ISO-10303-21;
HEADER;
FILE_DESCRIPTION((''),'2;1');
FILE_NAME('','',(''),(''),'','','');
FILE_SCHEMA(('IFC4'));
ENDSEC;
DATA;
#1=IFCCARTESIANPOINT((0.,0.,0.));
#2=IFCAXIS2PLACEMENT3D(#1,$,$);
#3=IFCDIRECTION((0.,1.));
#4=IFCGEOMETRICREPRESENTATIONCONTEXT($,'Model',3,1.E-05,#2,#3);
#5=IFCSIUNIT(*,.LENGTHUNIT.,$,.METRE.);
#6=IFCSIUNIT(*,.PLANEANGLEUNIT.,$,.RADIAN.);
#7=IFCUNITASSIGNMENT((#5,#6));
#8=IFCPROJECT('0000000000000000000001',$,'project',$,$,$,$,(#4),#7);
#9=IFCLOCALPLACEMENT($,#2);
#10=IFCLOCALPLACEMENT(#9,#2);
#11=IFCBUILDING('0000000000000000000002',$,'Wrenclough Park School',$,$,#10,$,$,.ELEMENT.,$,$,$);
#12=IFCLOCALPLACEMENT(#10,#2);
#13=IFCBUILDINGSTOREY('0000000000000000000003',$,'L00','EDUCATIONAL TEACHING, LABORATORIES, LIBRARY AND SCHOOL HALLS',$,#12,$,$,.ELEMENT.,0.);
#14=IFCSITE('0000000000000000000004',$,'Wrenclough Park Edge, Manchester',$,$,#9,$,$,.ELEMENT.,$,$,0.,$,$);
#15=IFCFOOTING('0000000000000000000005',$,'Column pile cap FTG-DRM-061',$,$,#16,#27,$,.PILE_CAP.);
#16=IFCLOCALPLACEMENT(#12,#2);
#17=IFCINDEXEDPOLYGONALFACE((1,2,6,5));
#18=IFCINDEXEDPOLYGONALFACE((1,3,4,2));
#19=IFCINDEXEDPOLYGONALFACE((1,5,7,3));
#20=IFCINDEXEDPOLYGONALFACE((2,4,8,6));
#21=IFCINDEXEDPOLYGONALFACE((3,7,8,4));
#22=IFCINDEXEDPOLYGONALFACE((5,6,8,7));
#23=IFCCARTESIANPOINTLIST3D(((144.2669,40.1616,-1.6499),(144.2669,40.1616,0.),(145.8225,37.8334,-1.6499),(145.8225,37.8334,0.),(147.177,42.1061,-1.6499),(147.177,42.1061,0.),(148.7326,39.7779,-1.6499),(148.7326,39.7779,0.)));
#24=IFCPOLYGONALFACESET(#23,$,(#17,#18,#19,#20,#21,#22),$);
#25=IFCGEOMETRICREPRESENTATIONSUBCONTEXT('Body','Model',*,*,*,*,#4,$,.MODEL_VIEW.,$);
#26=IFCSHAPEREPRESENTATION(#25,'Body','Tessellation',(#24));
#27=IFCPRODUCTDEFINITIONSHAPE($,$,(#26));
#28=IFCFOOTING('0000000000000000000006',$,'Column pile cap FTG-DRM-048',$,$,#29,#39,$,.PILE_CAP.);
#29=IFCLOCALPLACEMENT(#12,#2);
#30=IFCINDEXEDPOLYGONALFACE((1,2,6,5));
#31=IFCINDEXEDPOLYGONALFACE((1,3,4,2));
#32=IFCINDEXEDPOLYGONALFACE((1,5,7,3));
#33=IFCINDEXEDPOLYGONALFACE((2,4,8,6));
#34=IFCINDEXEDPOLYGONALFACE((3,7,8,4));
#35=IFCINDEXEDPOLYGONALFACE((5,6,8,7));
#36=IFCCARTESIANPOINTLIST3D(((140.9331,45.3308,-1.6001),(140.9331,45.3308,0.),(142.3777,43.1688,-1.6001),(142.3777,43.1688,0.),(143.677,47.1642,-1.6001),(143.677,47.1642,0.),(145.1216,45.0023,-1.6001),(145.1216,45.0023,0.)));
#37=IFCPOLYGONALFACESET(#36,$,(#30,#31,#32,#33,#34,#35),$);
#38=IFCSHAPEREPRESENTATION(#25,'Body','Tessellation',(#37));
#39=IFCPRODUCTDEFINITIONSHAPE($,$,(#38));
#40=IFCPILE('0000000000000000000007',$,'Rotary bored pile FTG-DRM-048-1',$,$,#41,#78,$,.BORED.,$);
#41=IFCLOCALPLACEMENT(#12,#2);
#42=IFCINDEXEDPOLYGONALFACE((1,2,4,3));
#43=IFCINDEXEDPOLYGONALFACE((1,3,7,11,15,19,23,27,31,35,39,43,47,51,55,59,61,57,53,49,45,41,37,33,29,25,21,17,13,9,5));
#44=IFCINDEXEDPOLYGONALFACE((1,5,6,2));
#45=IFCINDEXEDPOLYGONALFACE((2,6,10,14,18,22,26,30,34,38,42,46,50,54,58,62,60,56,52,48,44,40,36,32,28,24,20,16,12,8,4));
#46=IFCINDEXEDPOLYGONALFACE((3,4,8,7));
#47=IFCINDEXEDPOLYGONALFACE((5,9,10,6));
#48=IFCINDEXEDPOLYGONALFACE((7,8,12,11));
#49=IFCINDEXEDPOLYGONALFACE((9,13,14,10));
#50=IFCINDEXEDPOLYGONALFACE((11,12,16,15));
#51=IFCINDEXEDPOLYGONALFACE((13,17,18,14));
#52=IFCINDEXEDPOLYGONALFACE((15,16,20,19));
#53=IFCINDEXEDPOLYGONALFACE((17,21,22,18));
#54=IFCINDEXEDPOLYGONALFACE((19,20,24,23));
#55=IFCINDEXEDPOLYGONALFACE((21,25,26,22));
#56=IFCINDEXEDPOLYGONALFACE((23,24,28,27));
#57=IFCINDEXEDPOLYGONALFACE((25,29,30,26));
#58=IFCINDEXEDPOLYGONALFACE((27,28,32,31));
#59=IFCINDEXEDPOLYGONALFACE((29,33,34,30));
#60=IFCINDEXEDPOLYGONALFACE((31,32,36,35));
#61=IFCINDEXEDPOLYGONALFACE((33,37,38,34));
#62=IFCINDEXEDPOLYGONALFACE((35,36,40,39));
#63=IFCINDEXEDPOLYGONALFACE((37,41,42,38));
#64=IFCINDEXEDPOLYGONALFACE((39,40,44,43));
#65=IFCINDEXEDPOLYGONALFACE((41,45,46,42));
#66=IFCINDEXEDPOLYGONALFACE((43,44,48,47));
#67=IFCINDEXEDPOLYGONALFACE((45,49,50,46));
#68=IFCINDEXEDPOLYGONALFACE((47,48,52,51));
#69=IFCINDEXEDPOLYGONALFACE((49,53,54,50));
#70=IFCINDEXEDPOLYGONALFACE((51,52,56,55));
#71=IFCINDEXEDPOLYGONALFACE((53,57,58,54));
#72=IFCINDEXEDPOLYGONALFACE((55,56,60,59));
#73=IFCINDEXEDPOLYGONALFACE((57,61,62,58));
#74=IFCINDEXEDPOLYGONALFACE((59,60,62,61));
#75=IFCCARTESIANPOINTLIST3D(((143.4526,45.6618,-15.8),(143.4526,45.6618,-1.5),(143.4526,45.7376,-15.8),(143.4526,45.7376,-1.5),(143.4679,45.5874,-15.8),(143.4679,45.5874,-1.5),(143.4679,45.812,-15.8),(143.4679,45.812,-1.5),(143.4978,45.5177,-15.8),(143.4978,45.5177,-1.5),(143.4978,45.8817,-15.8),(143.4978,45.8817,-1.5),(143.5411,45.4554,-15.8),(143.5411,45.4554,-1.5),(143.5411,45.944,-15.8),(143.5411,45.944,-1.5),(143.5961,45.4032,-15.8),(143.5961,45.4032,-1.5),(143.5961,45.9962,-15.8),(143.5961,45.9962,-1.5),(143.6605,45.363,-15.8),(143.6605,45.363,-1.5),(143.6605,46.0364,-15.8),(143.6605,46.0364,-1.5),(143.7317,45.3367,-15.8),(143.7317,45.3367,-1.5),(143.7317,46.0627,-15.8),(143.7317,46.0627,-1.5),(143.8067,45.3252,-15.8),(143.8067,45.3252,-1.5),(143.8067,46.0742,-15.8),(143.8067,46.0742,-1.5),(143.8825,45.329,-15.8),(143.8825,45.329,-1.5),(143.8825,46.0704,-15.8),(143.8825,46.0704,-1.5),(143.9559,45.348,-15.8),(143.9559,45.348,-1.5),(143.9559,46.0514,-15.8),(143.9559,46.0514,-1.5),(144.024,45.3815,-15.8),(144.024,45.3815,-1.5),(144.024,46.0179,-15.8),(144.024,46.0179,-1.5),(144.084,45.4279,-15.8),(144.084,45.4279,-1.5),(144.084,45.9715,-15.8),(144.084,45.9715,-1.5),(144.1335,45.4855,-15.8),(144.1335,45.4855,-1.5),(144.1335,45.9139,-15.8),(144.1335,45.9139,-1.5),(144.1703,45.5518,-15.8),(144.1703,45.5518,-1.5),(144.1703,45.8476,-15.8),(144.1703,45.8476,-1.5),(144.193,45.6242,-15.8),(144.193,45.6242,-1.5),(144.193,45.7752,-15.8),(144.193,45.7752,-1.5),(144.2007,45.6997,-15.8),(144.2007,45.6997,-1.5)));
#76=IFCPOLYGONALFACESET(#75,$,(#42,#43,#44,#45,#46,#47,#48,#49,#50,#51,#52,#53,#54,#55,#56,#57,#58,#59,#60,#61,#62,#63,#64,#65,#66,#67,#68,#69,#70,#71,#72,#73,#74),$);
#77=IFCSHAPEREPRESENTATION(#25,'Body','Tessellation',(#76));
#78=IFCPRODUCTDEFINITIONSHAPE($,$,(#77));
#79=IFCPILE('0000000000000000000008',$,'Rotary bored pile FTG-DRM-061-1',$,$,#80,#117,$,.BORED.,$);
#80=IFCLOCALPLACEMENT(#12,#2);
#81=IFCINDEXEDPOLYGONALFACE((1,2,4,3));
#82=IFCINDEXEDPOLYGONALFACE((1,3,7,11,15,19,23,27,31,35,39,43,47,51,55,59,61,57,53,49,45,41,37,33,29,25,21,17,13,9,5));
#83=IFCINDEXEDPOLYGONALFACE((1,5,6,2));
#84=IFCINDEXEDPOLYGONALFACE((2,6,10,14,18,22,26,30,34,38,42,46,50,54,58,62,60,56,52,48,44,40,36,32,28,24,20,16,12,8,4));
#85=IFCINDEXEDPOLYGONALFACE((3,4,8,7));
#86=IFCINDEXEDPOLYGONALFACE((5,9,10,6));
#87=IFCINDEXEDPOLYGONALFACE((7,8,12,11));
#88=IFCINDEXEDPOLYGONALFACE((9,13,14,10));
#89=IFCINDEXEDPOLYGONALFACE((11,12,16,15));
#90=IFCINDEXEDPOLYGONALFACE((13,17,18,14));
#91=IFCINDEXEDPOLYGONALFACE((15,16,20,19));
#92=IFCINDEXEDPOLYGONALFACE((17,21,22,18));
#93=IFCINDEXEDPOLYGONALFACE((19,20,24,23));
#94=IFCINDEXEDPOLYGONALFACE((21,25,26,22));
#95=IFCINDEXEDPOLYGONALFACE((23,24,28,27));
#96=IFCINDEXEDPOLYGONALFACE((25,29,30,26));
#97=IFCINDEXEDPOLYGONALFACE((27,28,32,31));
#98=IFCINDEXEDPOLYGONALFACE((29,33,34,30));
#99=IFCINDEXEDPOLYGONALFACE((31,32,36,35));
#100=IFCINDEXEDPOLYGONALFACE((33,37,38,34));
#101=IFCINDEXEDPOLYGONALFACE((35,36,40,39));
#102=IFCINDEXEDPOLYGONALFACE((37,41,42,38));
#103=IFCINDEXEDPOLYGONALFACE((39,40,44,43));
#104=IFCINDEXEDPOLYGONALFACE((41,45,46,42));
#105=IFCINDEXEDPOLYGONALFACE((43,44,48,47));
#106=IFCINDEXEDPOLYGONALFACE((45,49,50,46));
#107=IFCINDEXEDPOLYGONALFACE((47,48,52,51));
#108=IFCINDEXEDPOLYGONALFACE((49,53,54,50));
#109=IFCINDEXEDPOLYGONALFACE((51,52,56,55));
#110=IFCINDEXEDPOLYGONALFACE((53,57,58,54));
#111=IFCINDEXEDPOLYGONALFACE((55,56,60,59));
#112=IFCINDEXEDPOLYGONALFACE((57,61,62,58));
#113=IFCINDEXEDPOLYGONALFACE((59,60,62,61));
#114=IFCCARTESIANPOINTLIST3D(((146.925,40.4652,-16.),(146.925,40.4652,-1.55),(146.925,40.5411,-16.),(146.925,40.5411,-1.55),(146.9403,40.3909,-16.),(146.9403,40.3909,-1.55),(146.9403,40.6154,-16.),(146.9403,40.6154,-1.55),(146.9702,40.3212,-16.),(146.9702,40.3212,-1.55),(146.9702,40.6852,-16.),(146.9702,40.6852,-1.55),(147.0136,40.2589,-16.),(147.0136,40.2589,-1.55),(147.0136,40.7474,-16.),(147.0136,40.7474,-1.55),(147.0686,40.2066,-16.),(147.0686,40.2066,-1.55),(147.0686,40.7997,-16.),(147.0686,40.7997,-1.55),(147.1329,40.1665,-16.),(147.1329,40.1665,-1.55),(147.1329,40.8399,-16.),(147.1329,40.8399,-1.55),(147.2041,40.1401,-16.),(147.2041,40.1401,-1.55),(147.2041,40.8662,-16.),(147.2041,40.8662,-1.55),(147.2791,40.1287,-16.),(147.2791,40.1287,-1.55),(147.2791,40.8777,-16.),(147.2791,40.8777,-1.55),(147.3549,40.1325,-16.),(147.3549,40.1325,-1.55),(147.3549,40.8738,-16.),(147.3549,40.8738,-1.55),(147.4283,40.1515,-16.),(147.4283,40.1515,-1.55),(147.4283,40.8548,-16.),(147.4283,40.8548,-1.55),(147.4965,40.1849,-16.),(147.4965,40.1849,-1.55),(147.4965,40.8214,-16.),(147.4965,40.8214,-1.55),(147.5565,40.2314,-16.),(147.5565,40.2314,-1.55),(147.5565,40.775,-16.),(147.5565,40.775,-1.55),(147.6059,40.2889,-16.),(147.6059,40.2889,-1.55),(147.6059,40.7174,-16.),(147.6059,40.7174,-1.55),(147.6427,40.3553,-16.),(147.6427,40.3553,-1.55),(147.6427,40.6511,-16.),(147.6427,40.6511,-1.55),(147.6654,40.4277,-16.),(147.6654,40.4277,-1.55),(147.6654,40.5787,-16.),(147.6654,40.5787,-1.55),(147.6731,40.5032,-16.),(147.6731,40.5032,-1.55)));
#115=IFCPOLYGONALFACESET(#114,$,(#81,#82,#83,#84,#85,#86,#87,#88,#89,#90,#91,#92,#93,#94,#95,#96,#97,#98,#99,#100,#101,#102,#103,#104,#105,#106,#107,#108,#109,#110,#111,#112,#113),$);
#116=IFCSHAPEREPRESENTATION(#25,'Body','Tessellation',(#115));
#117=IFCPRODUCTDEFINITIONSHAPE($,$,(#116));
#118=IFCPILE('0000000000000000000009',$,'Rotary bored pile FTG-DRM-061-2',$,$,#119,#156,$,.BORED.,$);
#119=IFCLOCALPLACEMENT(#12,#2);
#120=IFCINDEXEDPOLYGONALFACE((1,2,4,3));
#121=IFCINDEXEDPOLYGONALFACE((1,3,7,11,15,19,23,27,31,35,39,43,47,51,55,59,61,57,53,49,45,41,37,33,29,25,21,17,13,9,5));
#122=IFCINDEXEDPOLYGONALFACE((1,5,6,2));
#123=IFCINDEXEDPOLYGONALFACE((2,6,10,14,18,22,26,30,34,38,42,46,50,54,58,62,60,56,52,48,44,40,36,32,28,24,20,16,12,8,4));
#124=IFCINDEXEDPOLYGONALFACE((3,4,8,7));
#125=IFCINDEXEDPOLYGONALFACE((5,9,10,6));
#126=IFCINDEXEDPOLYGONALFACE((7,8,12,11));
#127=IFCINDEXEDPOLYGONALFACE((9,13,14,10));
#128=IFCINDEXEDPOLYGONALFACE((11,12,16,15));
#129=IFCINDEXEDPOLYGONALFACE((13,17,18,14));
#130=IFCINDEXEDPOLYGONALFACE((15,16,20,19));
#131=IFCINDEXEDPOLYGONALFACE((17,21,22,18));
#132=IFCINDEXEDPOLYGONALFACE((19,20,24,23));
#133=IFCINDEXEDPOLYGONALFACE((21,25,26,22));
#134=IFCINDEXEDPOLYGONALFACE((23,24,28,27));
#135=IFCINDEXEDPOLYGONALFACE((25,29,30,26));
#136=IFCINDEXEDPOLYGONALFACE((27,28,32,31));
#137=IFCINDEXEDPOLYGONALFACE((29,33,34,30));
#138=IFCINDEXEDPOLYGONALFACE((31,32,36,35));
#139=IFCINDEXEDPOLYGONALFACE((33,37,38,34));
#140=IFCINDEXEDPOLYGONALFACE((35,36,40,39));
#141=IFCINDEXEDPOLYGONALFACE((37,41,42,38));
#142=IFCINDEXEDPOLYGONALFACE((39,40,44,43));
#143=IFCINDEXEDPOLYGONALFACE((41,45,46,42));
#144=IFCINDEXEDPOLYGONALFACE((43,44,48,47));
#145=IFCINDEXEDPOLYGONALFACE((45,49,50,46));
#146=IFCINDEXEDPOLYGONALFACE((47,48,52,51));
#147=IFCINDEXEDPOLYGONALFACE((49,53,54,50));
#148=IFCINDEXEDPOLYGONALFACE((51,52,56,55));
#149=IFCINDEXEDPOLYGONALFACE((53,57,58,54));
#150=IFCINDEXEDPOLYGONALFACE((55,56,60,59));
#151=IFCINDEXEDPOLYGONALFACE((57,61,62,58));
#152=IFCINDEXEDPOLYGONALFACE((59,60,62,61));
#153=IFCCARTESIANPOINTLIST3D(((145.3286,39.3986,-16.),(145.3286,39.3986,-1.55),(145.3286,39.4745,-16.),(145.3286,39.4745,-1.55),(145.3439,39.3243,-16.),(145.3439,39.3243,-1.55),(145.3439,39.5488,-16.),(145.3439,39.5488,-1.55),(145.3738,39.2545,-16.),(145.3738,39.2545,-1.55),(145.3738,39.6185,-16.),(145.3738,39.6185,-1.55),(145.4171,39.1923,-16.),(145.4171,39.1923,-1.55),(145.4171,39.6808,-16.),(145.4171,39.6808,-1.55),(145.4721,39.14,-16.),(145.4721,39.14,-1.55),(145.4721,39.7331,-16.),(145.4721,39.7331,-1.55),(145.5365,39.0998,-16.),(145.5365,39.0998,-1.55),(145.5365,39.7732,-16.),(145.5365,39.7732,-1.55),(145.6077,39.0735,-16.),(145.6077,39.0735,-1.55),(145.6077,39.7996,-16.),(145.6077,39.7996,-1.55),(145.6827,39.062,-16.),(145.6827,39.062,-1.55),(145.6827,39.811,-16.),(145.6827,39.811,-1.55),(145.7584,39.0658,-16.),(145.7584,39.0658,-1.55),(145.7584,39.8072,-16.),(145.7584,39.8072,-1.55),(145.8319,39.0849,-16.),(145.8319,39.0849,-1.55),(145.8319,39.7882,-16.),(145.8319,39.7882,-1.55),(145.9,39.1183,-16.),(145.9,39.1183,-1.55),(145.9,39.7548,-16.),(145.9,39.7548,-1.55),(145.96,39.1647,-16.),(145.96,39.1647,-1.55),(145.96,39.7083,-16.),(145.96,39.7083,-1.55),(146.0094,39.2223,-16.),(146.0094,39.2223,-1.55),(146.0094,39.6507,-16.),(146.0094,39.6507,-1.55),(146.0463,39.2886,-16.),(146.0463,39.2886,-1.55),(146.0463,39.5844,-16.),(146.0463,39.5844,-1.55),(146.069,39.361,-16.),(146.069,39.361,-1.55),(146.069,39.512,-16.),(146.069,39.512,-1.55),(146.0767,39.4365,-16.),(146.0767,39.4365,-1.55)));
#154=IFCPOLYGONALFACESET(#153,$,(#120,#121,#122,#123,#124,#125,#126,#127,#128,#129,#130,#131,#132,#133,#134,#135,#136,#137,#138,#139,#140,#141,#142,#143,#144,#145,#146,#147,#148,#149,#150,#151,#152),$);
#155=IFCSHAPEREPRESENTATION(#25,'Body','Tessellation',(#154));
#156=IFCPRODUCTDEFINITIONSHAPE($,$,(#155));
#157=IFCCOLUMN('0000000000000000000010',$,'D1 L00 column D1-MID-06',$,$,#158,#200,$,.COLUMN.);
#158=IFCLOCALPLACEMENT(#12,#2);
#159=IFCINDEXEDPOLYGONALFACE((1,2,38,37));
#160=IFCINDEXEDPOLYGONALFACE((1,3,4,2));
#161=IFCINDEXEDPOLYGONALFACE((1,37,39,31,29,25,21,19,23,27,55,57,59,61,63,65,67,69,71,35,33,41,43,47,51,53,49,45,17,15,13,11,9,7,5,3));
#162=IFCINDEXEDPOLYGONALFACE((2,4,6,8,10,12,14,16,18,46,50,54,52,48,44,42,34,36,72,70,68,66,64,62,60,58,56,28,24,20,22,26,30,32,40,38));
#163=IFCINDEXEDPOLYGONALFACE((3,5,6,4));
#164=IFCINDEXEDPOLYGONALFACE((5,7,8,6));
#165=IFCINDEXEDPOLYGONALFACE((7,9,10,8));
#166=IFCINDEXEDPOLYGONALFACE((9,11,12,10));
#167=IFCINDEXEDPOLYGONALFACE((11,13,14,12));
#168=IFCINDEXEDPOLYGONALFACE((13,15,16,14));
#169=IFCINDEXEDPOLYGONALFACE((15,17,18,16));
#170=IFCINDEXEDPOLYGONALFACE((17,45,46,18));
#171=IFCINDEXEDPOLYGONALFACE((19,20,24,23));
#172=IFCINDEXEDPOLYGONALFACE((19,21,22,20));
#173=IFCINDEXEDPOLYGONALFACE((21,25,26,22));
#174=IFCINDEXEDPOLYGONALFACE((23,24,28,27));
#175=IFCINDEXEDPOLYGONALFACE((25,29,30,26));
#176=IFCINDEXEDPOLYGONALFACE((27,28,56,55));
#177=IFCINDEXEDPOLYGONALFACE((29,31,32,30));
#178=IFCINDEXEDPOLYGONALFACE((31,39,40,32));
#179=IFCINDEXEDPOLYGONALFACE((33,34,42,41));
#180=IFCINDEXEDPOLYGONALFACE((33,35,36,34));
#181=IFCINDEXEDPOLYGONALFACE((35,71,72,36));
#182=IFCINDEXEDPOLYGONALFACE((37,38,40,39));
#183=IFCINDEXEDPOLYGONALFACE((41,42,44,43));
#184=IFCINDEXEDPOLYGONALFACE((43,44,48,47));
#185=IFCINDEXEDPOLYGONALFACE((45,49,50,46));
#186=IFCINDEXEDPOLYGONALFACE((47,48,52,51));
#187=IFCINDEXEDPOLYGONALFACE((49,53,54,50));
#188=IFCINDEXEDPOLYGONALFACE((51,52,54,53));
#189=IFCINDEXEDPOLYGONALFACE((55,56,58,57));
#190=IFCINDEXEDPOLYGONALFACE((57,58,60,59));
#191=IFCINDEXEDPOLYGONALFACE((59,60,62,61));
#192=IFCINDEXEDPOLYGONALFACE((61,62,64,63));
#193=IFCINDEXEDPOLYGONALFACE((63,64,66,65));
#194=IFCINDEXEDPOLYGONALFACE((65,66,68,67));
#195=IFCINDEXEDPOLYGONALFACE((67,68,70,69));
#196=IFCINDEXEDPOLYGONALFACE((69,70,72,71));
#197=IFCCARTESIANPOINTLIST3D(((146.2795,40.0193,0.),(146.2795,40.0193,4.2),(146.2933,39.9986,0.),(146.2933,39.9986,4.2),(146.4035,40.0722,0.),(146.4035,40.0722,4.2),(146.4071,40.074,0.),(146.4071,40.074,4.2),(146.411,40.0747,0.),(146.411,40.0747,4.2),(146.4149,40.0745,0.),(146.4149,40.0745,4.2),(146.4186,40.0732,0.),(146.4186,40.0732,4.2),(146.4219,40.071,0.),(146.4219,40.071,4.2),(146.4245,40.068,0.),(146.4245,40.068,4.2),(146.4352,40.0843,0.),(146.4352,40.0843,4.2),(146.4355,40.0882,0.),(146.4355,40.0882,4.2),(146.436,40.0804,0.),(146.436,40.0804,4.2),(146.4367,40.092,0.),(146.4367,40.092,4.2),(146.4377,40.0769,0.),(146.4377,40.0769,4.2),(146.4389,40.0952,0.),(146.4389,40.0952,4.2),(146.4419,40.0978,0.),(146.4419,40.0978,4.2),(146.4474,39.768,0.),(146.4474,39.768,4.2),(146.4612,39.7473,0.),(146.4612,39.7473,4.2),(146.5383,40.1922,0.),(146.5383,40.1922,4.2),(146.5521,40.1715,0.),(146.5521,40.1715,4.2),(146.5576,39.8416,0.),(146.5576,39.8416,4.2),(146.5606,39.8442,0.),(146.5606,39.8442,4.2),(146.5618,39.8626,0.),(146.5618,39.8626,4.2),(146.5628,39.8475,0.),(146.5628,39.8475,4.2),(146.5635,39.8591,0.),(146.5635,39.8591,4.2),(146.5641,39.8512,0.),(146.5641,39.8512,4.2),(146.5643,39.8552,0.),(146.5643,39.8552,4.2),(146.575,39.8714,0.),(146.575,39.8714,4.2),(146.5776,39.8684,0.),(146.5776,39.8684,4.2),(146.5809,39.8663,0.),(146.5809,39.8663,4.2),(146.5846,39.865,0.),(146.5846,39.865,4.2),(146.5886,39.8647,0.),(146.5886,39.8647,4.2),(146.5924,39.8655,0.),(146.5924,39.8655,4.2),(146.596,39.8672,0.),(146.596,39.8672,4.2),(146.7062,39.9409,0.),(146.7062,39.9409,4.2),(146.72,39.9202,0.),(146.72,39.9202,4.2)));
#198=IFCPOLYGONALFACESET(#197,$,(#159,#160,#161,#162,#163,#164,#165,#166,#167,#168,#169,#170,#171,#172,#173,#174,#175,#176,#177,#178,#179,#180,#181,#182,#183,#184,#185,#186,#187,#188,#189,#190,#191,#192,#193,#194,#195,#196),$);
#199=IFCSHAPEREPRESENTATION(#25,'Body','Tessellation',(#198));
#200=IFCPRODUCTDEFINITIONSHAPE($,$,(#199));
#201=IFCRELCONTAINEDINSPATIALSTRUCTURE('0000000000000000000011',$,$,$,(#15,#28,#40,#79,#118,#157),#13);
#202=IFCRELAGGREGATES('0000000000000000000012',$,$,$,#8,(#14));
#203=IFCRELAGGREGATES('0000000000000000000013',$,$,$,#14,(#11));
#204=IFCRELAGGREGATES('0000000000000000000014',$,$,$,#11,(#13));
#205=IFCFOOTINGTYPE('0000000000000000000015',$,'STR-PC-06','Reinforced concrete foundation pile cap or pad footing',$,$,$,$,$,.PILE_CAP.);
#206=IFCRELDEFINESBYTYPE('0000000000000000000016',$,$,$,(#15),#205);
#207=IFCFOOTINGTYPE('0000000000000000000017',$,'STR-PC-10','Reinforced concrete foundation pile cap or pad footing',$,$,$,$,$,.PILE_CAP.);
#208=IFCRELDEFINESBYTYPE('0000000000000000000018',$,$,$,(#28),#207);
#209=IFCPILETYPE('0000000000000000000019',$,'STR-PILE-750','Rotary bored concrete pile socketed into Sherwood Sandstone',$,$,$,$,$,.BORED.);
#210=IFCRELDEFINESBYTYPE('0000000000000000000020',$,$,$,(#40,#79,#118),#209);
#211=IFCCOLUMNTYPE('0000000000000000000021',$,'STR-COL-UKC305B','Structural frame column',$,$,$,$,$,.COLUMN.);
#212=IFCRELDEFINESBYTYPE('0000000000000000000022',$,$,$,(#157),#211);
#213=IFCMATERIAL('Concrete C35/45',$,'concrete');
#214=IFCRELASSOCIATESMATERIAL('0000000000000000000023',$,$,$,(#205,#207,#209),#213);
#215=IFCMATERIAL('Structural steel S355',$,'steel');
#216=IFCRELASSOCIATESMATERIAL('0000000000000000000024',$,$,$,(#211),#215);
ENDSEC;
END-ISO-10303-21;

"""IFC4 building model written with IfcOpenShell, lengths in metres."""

from ifc_helpers import new_model, si_unit, direction, frame, origin, origin_2d, place, context, subcontext, project, spatial, rectangle, circle, i_section, extrude, material, material_profile, profile_set, type_object, element, save


model = new_model("IFC4")

# Units and contexts
model_context = context("Model", 3, precision=1e-05, world=origin(), true_north=direction((0.0, 1.0)))
body_context = subcontext(model_context, "Body", "Model", "MODEL_VIEW")
ifc_project = project(units=[si_unit("LENGTHUNIT", "METRE"), si_unit("PLANEANGLEUNIT", "RADIAN")], contexts=[model_context])

# Site, building, storey
site_placement = place(None, origin())
site = spatial("IfcSite", under=ifc_project, at=site_placement, Name="Wrenclough Park Edge, Manchester", CompositionType="ELEMENT", RefElevation=0.0)
building_placement = place(site_placement, origin())
building = spatial("IfcBuilding", under=site, at=building_placement, Name="Wrenclough Park School", CompositionType="ELEMENT")
storey_placement = place(building_placement, origin())
storey = spatial("IfcBuildingStorey", under=building, at=storey_placement, Name="L00", Description="EDUCATIONAL TEACHING, LABORATORIES, LIBRARY AND SCHOOL HALLS", CompositionType="ELEMENT", Elevation=0.0)

# Footings
ifc_material_1 = material(Name="Concrete C35/45", Category="concrete")
footing_type_1 = type_object("IfcFootingType", Name="STR-PC-06", Description="Reinforced concrete foundation pile cap or pad footing", PredefinedType="PILE_CAP", material=ifc_material_1)
footing_1_placement = place(storey_placement, frame((146.4998, 39.9697, -1.6499), z_axis=(0.0, 0.0, 1.0), x_axis=(-0.83147, -0.55557, 0.0)))
element("IfcFooting", 1, at=footing_1_placement, inside=storey, type_object=footing_type_1, Name="Column pile cap FTG-DRM-061", PredefinedType="PILE_CAP", context=body_context, shape_type="SweptSolid", body=[
    extrude(rectangle(XDim=3.5, YDim=2.8, at=origin_2d()), origin(), (0.0, 0.0, 1.0), 1.6499),
])
footing_type_2 = type_object("IfcFootingType", Name="STR-PC-10", Description="Reinforced concrete foundation pile cap or pad footing", PredefinedType="PILE_CAP", material=ifc_material_1)
footing_2_placement = place(storey_placement, frame((143.0273, 45.1665, -1.6001), z_axis=(0.0, 0.0, 1.0), x_axis=(-0.83147, -0.55557, 0.0)))
element("IfcFooting", 2, at=footing_2_placement, inside=storey, type_object=footing_type_2, Name="Column pile cap FTG-DRM-048", PredefinedType="PILE_CAP", context=body_context, shape_type="SweptSolid", body=[
    extrude(rectangle(XDim=3.3, YDim=2.6001, at=origin_2d()), origin(), (0.0, 0.0, 1.0), 1.6001),
])

# Piles
ifc_material_profile_1 = material_profile(ifc_material_1, circle(Radius=0.375, at=origin_2d()), Name="BORED PILE D750")
ifc_profile_set_1 = profile_set([ifc_material_profile_1], Name="Concrete C35/45")
pile_type = type_object("IfcPileType", Name="STR-PILE-750", Description="Rotary bored concrete pile socketed into Sherwood Sandstone", PredefinedType="BORED", material=ifc_profile_set_1)
pile_placement = place(storey_placement, frame((143.8257, 45.6997, -1.5), z_axis=(0.0, 0.0, -1.0), x_axis=(1.0, 0.0, 0.0)))
element("IfcPile", 3, at=pile_placement, inside=storey, type_object=pile_type, Name="Rotary bored pile FTG-DRM-048-1", PredefinedType="BORED", context=body_context, shape_type="SweptSolid", body=[
    extrude(circle(Radius=0.375, at=origin_2d()), origin(), (0.0, 0.0, 1.0), 14.3),
])
for number, where, z_axis, x_axis, name in (
    (4, (147.2981, 40.5032, -1.55), (0.0, 0.0, -1.0), (1.0, 0.0, 0.0), "Rotary bored pile FTG-DRM-061-1"),
    (5, (145.7017, 39.4365, -1.55), (0.0, 0.0, -1.0), (1.0, 0.0, 0.0), "Rotary bored pile FTG-DRM-061-2"),
):
    element("IfcPile", number, at=place(storey_placement, frame(where, z_axis=z_axis, x_axis=x_axis)), inside=storey, type_object=pile_type, Name=name, PredefinedType="BORED", context=body_context, shape_type="SweptSolid", body=[
        extrude(circle(Radius=0.375, at=origin_2d()), origin(), (0.0, 0.0, 1.0), 14.45),
    ])

# Column
ifc_material_2 = material(Name="Structural steel S355", Category="steel")
ifc_material_profile_2 = material_profile(ifc_material_2, i_section(OverallWidth=0.3113, OverallDepth=0.3271, WebThickness=0.0159, FlangeThickness=0.0249, FilletRadius=0.0151, at=origin_2d()), Name="UKC 305x305x158")
ifc_profile_set_2 = profile_set([ifc_material_profile_2], Name="Structural steel S355")
column_type_1 = type_object("IfcColumnType", Name="STR-COL-UKC305B", Description="Structural frame column", PredefinedType="COLUMN", material=ifc_profile_set_2)
column_1_placement = place(storey_placement, frame((146.4998, 39.9697, 0.0), z_axis=(0.0, 0.0, 1.0), x_axis=(-0.83147, -0.55557, 0.0)))
element("IfcColumn", 6, at=column_1_placement, inside=storey, type_object=column_type_1, Name="D1 L00 column D1-MID-06", PredefinedType="COLUMN", context=body_context, shape_type="SweptSolid", body=[
    extrude(i_section(OverallWidth=0.3113, OverallDepth=0.3271, WebThickness=0.0159, FlangeThickness=0.0249, FilletRadius=0.0151, at=origin_2d()), origin(), (0.0, 0.0, 1.0), 4.2),
])

save(model, "model.ifc")
